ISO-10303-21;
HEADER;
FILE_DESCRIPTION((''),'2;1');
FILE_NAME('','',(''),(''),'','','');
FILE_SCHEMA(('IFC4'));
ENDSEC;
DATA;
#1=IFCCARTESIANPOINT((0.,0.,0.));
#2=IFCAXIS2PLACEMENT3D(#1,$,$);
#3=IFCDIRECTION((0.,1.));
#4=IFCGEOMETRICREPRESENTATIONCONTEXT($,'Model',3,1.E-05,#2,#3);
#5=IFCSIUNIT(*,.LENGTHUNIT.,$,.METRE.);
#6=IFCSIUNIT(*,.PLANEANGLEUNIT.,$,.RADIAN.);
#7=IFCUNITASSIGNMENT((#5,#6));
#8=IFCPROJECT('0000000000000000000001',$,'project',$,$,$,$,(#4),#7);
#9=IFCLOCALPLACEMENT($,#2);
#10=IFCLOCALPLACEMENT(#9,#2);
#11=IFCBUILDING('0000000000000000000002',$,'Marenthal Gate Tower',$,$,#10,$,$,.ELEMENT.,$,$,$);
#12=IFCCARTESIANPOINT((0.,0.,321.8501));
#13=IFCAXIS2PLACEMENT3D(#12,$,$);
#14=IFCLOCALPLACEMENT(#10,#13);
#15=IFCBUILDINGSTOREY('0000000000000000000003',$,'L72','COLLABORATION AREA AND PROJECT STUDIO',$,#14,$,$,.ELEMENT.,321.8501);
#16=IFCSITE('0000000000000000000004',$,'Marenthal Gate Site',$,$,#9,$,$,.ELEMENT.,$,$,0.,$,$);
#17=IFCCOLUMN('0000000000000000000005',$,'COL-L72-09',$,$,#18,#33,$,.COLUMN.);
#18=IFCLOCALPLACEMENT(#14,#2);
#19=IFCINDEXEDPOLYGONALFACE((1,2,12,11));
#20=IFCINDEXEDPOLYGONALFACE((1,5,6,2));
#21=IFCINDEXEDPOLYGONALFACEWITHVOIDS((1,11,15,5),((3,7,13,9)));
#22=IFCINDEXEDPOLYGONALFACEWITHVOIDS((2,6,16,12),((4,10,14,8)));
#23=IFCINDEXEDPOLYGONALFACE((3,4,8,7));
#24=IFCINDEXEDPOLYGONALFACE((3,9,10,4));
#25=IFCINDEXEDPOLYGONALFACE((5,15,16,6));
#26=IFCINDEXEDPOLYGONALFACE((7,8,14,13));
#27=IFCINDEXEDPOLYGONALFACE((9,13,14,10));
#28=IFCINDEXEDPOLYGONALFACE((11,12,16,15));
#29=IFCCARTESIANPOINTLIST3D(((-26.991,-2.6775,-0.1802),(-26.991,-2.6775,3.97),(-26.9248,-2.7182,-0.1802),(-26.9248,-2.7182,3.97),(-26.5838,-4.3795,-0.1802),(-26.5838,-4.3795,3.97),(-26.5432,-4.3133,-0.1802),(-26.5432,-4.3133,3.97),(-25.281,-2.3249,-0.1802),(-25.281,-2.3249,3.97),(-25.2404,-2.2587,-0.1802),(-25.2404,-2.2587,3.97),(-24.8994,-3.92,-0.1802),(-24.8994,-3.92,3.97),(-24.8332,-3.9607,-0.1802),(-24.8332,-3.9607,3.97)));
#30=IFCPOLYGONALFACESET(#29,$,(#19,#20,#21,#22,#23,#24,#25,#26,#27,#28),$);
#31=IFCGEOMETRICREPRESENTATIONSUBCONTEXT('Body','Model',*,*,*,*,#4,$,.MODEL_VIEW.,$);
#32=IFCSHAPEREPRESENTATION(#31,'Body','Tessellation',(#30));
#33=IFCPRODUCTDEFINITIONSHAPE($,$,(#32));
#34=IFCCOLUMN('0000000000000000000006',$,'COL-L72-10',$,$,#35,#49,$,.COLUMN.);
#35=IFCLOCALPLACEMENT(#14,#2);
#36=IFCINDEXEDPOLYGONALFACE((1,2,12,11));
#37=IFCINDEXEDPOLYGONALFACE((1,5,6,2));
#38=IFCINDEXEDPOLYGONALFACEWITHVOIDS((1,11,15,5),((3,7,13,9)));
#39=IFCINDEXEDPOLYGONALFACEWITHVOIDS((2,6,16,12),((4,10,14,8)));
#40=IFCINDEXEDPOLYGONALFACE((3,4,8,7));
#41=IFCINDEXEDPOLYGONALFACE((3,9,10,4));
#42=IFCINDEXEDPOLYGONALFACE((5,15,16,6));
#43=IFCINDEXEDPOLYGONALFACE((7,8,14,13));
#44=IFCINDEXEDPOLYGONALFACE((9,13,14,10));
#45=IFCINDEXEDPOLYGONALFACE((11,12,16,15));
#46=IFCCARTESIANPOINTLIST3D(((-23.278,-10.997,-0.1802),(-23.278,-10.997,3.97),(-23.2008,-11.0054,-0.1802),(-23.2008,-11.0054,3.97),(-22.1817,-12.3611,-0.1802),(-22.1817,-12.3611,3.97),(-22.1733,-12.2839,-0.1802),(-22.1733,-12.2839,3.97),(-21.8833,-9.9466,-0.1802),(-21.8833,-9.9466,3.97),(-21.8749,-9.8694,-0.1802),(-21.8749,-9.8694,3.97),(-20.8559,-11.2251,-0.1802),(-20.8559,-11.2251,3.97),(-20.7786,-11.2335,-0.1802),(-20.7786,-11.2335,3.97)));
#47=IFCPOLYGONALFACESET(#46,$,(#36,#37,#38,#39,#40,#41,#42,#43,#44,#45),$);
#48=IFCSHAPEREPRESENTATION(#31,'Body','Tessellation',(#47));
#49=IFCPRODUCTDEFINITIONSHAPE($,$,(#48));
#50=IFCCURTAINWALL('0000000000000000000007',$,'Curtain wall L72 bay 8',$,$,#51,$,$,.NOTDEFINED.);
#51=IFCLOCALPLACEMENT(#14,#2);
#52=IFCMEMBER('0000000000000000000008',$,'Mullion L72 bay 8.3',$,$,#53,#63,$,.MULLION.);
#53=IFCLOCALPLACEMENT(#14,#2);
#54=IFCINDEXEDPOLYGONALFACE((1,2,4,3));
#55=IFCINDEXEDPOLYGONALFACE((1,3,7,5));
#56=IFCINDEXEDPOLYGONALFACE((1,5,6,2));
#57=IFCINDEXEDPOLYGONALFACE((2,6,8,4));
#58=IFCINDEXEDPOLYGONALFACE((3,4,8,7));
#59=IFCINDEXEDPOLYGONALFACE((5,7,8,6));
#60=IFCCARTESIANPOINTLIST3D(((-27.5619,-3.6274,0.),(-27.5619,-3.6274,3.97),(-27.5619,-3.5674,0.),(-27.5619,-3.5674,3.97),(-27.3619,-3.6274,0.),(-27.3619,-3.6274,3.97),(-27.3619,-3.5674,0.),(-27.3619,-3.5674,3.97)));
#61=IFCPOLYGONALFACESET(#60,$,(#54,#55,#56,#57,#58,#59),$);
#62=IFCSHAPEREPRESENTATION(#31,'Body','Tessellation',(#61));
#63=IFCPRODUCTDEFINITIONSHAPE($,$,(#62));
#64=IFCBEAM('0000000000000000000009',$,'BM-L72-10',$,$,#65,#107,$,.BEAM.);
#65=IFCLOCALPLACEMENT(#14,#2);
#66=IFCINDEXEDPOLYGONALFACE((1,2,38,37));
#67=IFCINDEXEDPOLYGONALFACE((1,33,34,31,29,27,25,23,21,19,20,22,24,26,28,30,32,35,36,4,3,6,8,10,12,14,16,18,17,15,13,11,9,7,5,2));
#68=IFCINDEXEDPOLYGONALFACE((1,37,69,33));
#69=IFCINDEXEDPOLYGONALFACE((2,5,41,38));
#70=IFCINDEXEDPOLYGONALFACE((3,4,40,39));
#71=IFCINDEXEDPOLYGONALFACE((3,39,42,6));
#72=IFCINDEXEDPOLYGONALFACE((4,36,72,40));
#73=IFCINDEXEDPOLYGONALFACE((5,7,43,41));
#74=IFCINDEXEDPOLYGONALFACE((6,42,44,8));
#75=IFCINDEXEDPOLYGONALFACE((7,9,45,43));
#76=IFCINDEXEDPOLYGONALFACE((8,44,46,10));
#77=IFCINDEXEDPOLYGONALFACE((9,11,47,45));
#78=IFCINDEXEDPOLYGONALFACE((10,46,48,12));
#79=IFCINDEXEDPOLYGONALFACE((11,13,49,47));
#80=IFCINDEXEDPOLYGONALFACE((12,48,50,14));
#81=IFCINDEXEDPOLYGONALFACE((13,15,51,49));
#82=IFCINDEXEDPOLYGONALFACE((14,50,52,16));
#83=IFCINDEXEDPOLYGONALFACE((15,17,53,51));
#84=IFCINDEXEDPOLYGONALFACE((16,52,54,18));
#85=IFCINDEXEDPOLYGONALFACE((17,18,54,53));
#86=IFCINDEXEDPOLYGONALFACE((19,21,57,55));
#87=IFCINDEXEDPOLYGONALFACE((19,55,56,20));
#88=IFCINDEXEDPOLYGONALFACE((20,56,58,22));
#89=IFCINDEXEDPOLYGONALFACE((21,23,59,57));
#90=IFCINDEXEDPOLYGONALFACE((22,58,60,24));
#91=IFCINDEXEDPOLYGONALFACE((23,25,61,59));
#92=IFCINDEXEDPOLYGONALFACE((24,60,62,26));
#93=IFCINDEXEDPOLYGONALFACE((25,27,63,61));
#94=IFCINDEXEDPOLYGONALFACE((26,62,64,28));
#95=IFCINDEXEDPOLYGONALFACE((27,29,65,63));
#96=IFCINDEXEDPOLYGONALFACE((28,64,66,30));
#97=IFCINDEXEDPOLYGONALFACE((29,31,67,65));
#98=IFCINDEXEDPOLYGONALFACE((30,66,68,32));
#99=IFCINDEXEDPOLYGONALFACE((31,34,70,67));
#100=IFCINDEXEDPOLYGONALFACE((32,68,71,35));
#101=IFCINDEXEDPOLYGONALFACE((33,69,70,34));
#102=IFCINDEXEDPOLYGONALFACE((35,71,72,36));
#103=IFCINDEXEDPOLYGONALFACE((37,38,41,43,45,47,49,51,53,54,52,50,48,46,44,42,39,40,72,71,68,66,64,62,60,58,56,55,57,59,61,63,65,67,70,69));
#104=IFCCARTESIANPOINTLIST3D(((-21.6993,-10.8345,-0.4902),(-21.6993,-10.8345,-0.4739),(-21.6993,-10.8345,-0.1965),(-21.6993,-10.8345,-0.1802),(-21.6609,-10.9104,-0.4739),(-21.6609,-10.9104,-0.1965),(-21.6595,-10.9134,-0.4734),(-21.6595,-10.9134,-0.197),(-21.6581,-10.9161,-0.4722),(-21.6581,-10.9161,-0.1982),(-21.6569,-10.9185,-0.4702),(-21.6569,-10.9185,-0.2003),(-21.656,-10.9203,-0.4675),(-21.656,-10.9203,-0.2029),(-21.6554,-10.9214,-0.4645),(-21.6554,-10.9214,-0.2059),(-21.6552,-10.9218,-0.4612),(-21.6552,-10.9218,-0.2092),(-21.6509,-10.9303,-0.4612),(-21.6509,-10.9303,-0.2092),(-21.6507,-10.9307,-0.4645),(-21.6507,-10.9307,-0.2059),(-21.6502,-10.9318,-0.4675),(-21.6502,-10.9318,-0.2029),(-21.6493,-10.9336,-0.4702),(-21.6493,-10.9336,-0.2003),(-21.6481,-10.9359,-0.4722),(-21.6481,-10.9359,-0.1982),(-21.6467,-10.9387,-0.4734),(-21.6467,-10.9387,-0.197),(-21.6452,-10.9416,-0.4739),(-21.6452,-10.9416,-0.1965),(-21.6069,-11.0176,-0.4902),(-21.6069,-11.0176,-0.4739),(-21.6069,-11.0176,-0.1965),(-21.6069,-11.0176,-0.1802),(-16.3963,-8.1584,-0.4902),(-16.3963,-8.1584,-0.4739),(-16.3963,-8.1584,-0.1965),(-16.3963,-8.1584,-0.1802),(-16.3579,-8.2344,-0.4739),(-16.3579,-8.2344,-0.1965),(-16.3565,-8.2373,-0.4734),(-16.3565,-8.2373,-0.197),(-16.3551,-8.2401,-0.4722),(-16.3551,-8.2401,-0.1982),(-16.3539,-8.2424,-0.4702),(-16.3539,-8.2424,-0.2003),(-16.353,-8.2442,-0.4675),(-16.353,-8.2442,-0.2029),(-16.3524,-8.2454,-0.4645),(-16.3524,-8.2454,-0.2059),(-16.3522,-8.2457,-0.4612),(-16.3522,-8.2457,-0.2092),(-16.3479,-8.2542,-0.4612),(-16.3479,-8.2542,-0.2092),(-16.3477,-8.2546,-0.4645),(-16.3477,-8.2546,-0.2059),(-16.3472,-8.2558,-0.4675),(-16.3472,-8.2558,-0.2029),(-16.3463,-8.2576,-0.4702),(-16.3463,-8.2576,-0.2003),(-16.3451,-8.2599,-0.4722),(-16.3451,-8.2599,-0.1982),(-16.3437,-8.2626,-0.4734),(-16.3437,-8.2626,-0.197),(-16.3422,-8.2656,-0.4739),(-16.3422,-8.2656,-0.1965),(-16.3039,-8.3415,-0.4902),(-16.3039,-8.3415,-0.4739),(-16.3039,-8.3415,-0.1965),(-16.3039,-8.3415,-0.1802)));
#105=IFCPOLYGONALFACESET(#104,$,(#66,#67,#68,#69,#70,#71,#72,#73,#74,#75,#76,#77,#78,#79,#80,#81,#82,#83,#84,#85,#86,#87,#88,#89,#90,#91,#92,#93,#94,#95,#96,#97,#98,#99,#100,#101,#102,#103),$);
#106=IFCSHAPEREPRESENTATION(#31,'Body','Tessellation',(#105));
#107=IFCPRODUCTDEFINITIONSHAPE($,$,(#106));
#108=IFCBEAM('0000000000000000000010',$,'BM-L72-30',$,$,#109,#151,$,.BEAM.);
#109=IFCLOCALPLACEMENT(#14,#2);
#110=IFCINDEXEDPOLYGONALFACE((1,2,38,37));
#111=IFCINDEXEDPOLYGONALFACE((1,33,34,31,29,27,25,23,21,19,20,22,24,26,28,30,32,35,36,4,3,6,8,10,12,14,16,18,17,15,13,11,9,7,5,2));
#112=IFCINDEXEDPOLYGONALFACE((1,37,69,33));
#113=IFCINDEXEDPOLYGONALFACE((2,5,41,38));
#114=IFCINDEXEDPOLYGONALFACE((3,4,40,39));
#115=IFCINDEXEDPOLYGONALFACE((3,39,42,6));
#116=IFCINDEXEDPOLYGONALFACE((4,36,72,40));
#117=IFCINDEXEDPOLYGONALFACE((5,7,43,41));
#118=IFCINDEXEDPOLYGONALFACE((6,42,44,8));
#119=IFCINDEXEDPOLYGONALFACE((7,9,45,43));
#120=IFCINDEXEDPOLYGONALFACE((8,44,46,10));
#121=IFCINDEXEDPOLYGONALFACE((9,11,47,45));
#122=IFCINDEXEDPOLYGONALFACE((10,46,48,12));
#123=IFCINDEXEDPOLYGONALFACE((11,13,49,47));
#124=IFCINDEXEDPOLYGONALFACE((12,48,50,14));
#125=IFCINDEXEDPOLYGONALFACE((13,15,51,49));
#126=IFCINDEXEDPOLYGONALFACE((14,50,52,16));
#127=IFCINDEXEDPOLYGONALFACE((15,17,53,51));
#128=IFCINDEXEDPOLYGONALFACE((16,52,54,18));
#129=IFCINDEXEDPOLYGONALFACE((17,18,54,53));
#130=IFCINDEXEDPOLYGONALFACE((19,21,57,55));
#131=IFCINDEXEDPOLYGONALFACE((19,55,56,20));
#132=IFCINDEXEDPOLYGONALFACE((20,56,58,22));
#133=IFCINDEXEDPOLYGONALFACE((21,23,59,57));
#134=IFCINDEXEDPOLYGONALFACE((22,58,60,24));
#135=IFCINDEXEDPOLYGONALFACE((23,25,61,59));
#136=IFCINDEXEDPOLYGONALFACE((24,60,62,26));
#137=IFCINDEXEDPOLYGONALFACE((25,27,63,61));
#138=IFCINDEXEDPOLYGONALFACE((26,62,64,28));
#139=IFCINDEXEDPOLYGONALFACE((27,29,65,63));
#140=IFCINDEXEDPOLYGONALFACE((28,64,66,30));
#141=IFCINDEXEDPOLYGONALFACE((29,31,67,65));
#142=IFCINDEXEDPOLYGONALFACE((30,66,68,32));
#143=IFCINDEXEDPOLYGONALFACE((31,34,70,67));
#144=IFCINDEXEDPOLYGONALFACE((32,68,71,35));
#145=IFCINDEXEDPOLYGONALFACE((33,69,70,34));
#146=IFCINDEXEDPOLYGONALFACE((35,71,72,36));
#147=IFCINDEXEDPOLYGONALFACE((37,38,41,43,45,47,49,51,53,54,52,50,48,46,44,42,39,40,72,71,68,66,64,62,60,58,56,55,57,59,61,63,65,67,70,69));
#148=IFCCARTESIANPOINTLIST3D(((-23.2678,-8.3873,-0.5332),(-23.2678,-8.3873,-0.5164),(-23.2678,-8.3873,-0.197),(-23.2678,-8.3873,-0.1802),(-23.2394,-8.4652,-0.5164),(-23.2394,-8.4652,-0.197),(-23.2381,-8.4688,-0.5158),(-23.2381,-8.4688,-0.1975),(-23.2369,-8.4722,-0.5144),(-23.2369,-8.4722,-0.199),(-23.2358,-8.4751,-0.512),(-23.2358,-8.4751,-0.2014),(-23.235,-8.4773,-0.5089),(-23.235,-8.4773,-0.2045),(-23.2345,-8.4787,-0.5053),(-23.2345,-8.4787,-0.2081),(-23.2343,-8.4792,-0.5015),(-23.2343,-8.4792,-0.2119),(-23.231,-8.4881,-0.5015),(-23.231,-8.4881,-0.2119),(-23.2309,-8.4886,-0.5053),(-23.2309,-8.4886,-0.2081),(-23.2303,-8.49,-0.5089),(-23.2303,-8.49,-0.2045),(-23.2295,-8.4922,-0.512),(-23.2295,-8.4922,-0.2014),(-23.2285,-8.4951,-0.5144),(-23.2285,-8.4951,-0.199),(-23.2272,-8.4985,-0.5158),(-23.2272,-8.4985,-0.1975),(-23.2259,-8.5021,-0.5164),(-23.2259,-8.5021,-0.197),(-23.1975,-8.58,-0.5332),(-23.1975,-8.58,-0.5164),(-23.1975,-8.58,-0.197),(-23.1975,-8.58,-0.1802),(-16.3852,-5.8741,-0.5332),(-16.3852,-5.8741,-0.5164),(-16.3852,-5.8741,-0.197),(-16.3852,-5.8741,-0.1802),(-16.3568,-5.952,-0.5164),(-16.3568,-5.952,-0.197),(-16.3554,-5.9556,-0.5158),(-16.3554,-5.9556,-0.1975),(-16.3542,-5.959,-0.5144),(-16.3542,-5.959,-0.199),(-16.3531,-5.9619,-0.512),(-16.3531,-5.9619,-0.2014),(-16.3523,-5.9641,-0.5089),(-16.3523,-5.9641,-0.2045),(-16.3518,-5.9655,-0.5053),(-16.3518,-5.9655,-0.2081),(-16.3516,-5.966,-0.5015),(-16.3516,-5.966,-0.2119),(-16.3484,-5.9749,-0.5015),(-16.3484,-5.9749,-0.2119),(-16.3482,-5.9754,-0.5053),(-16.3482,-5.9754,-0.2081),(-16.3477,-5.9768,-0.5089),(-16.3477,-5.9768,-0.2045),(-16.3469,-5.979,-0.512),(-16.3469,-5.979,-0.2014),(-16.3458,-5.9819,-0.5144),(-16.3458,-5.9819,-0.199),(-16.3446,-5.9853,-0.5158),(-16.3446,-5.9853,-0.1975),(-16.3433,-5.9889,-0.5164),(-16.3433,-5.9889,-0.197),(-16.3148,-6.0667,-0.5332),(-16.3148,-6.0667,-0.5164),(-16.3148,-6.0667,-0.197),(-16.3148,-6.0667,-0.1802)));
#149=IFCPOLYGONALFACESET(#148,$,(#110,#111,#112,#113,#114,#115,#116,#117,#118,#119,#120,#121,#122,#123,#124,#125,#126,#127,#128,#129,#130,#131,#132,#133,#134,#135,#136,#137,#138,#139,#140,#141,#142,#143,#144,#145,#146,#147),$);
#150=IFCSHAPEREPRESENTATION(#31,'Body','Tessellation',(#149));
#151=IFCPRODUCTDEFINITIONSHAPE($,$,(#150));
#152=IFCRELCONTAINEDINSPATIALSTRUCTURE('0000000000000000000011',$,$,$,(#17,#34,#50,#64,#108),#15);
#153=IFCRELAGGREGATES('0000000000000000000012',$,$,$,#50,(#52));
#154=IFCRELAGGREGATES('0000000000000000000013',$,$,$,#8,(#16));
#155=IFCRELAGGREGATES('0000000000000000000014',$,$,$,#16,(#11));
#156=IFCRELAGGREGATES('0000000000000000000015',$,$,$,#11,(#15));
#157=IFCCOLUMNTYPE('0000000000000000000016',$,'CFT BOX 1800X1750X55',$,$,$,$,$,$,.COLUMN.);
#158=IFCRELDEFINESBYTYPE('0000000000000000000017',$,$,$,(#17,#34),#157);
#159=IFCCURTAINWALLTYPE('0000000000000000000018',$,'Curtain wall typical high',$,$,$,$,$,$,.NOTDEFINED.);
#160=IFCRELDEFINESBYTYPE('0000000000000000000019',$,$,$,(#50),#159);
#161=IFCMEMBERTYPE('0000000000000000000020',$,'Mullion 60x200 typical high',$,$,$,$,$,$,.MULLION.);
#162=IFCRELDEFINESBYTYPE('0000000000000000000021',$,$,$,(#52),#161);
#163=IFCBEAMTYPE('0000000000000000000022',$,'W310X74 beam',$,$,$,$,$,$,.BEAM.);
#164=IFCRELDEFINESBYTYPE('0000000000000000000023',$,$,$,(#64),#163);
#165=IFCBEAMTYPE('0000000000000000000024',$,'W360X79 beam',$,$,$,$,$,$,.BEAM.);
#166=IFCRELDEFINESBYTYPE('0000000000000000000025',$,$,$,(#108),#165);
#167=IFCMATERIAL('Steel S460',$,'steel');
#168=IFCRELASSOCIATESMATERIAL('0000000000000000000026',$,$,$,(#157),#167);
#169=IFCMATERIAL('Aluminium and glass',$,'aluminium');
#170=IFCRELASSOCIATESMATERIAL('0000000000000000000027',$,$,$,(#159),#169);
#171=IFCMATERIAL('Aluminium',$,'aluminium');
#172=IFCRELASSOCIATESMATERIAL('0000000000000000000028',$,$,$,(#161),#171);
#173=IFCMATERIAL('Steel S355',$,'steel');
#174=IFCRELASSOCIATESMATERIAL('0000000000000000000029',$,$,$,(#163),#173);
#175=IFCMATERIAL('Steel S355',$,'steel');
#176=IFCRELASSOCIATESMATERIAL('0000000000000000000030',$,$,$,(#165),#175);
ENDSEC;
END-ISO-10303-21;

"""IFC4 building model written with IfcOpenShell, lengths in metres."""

from ifc_helpers import new_model, si_unit, direction, frame, origin, origin_2d, place, context, subcontext, project, spatial, rectangle, hollow_rectangle, i_section, extrude, material, material_profile, profile_set, type_object, element, aggregate, save


model = new_model("IFC4")

# Units and contexts
model_context = context("Model", 3, precision=1e-05, world=origin(), true_north=direction((0.0, 1.0)))
body_context = subcontext(model_context, "Body", "Model", "MODEL_VIEW")
ifc_project = project(units=[si_unit("LENGTHUNIT", "METRE"), si_unit("PLANEANGLEUNIT", "RADIAN")], contexts=[model_context])

# Site, building, storey
site_placement = place(None, origin())
site = spatial("IfcSite", under=ifc_project, at=site_placement, Name="Marenthal Gate Site", CompositionType="ELEMENT", RefElevation=0.0)
building_placement = place(site_placement, origin())
building = spatial("IfcBuilding", under=site, at=building_placement, Name="Marenthal Gate Tower", CompositionType="ELEMENT")
storey_placement = place(building_placement, frame((0.0, 0.0, 321.8501)))
storey = spatial("IfcBuildingStorey", under=building, at=storey_placement, Name="L72", Description="COLLABORATION AREA AND PROJECT STUDIO", CompositionType="ELEMENT", Elevation=321.8501)

# Columns
ifc_material_1 = material(Name="Steel S460", Category="steel")
ifc_material_profile_1 = material_profile(ifc_material_1, hollow_rectangle(XDim=1.75, YDim=1.8, WallThickness=0.0549, at=origin_2d()), Name="CFT BOX 1800X1750X55")
ifc_material_2 = material(Name="Concrete 70 MPa", Category="concrete")
ifc_material_profile_2 = material_profile(ifc_material_2, rectangle(XDim=1.6399, YDim=1.6899, at=origin_2d()), Name="CFT BOX 1800X1750X55 INFILL")
ifc_profile_set_1 = profile_set([ifc_material_profile_1, ifc_material_profile_2], Name="Steel S460 shell, Concrete 70 MPa infill")
column_type = type_object("IfcColumnType", Name="CFT BOX 1800X1750X55", PredefinedType="COLUMN", material=ifc_profile_set_1)
for number, where, z_axis, x_axis, name in (
    (1, (-25.9121, -3.3191, -0.1802), (0.0, 0.0, 1.0), (-0.232677, 0.972554, 0.0), "COL-L72-09"),
    (2, (-22.0283, -11.1152, -0.1802), (0.0, 0.0, 1.0), (-0.626431, 0.779477, 0.0), "COL-L72-10"),
):
    element("IfcColumn", number, at=place(storey_placement, frame(where, z_axis=z_axis, x_axis=x_axis)), inside=storey, type_object=column_type, Name=name, PredefinedType="COLUMN", context=body_context, shape_type="SweptSolid", body=[
        extrude(hollow_rectangle(XDim=1.75, YDim=1.8, WallThickness=0.0549, at=origin_2d()), origin(), (0.0, 0.0, 1.0), 4.1501),
    ])

# Curtain wall, member
ifc_material_3 = material(Name="Aluminium and glass", Category="aluminium")
curtain_wall_type = type_object("IfcCurtainWallType", Name="Curtain wall typical high", PredefinedType="NOTDEFINED", material=ifc_material_3)
curtain_wall_placement = place(storey_placement, origin())
curtain_wall = element("IfcCurtainWall", 3, at=curtain_wall_placement, inside=storey, type_object=curtain_wall_type, Name="Curtain wall L72 bay 8", PredefinedType="NOTDEFINED")
ifc_material_4 = material(Name="Aluminium", Category="aluminium")
ifc_material_profile_3 = material_profile(ifc_material_4, rectangle(XDim=0.2, YDim=0.0601, at=origin_2d()), Name="60x200 aluminium mullion")
ifc_profile_set_2 = profile_set([ifc_material_profile_3], Name="Aluminium")
member_type = type_object("IfcMemberType", Name="Mullion 60x200 typical high", PredefinedType="MULLION", material=ifc_profile_set_2)
member_placement = place(storey_placement, frame((-27.4619, -3.5974, 0.0), z_axis=(0.0, 0.0, 1.0), x_axis=(1.0, 0.0, 0.0)))
member = element("IfcMember", 4, at=member_placement, type_object=member_type, Name="Mullion L72 bay 8.3", PredefinedType="MULLION", context=body_context, shape_type="SweptSolid", body=[
    extrude(rectangle(XDim=0.2, YDim=0.0601, at=origin_2d()), origin(), (0.0, 0.0, 1.0), 3.97),
])
aggregate(curtain_wall, [member])

# Beams
ifc_material_5 = material(Name="Steel S355", Category="steel")
ifc_material_profile_4 = material_profile(ifc_material_5, i_section(OverallWidth=0.2051, OverallDepth=0.3101, WebThickness=0.0095, FlangeThickness=0.0164, FilletRadius=0.0127, at=origin_2d()), Name="W310X74")
ifc_profile_set_3 = profile_set([ifc_material_profile_4], Name="Steel S355")
beam_type_1 = type_object("IfcBeamType", Name="W310X74 beam", PredefinedType="BEAM", material=ifc_profile_set_3)
beam_1_placement = place(storey_placement, frame((-21.6531, -10.926, -0.3352), z_axis=(0.892769, 0.450515, 0.0), x_axis=(-0.450515, 0.892769, 0.0)))
element("IfcBeam", 5, at=beam_1_placement, inside=storey, type_object=beam_type_1, Name="BM-L72-10", PredefinedType="BEAM", context=body_context, shape_type="SweptSolid", body=[
    extrude(i_section(OverallWidth=0.2051, OverallDepth=0.3101, WebThickness=0.0095, FlangeThickness=0.0164, FilletRadius=0.0127, at=origin_2d()), origin(), (0.0, 0.0, 1.0), 5.9399),
])
ifc_material_6 = material(Name="Steel S355", Category="steel")
ifc_material_profile_5 = material_profile(ifc_material_6, i_section(OverallWidth=0.2051, OverallDepth=0.353, WebThickness=0.0095, FlangeThickness=0.0168, FilletRadius=0.0149, at=origin_2d()), Name="W360X79")
ifc_profile_set_4 = profile_set([ifc_material_profile_5], Name="Steel S355")
beam_type_2 = type_object("IfcBeamType", Name="W360X79 beam", PredefinedType="BEAM", material=ifc_profile_set_4)
beam_2_placement = place(storey_placement, frame((-23.2327, -8.4836, -0.3567), z_axis=(0.939335, 0.343, 0.0), x_axis=(-0.343, 0.939335, 0.0)))
element("IfcBeam", 6, at=beam_2_placement, inside=storey, type_object=beam_type_2, Name="BM-L72-30", PredefinedType="BEAM", context=body_context, shape_type="SweptSolid", body=[
    extrude(i_section(OverallWidth=0.2051, OverallDepth=0.353, WebThickness=0.0095, FlangeThickness=0.0168, FilletRadius=0.0149, at=origin_2d()), origin(), (0.0, 0.0, 1.0), 7.3271),
])

save(model, "model.ifc")
